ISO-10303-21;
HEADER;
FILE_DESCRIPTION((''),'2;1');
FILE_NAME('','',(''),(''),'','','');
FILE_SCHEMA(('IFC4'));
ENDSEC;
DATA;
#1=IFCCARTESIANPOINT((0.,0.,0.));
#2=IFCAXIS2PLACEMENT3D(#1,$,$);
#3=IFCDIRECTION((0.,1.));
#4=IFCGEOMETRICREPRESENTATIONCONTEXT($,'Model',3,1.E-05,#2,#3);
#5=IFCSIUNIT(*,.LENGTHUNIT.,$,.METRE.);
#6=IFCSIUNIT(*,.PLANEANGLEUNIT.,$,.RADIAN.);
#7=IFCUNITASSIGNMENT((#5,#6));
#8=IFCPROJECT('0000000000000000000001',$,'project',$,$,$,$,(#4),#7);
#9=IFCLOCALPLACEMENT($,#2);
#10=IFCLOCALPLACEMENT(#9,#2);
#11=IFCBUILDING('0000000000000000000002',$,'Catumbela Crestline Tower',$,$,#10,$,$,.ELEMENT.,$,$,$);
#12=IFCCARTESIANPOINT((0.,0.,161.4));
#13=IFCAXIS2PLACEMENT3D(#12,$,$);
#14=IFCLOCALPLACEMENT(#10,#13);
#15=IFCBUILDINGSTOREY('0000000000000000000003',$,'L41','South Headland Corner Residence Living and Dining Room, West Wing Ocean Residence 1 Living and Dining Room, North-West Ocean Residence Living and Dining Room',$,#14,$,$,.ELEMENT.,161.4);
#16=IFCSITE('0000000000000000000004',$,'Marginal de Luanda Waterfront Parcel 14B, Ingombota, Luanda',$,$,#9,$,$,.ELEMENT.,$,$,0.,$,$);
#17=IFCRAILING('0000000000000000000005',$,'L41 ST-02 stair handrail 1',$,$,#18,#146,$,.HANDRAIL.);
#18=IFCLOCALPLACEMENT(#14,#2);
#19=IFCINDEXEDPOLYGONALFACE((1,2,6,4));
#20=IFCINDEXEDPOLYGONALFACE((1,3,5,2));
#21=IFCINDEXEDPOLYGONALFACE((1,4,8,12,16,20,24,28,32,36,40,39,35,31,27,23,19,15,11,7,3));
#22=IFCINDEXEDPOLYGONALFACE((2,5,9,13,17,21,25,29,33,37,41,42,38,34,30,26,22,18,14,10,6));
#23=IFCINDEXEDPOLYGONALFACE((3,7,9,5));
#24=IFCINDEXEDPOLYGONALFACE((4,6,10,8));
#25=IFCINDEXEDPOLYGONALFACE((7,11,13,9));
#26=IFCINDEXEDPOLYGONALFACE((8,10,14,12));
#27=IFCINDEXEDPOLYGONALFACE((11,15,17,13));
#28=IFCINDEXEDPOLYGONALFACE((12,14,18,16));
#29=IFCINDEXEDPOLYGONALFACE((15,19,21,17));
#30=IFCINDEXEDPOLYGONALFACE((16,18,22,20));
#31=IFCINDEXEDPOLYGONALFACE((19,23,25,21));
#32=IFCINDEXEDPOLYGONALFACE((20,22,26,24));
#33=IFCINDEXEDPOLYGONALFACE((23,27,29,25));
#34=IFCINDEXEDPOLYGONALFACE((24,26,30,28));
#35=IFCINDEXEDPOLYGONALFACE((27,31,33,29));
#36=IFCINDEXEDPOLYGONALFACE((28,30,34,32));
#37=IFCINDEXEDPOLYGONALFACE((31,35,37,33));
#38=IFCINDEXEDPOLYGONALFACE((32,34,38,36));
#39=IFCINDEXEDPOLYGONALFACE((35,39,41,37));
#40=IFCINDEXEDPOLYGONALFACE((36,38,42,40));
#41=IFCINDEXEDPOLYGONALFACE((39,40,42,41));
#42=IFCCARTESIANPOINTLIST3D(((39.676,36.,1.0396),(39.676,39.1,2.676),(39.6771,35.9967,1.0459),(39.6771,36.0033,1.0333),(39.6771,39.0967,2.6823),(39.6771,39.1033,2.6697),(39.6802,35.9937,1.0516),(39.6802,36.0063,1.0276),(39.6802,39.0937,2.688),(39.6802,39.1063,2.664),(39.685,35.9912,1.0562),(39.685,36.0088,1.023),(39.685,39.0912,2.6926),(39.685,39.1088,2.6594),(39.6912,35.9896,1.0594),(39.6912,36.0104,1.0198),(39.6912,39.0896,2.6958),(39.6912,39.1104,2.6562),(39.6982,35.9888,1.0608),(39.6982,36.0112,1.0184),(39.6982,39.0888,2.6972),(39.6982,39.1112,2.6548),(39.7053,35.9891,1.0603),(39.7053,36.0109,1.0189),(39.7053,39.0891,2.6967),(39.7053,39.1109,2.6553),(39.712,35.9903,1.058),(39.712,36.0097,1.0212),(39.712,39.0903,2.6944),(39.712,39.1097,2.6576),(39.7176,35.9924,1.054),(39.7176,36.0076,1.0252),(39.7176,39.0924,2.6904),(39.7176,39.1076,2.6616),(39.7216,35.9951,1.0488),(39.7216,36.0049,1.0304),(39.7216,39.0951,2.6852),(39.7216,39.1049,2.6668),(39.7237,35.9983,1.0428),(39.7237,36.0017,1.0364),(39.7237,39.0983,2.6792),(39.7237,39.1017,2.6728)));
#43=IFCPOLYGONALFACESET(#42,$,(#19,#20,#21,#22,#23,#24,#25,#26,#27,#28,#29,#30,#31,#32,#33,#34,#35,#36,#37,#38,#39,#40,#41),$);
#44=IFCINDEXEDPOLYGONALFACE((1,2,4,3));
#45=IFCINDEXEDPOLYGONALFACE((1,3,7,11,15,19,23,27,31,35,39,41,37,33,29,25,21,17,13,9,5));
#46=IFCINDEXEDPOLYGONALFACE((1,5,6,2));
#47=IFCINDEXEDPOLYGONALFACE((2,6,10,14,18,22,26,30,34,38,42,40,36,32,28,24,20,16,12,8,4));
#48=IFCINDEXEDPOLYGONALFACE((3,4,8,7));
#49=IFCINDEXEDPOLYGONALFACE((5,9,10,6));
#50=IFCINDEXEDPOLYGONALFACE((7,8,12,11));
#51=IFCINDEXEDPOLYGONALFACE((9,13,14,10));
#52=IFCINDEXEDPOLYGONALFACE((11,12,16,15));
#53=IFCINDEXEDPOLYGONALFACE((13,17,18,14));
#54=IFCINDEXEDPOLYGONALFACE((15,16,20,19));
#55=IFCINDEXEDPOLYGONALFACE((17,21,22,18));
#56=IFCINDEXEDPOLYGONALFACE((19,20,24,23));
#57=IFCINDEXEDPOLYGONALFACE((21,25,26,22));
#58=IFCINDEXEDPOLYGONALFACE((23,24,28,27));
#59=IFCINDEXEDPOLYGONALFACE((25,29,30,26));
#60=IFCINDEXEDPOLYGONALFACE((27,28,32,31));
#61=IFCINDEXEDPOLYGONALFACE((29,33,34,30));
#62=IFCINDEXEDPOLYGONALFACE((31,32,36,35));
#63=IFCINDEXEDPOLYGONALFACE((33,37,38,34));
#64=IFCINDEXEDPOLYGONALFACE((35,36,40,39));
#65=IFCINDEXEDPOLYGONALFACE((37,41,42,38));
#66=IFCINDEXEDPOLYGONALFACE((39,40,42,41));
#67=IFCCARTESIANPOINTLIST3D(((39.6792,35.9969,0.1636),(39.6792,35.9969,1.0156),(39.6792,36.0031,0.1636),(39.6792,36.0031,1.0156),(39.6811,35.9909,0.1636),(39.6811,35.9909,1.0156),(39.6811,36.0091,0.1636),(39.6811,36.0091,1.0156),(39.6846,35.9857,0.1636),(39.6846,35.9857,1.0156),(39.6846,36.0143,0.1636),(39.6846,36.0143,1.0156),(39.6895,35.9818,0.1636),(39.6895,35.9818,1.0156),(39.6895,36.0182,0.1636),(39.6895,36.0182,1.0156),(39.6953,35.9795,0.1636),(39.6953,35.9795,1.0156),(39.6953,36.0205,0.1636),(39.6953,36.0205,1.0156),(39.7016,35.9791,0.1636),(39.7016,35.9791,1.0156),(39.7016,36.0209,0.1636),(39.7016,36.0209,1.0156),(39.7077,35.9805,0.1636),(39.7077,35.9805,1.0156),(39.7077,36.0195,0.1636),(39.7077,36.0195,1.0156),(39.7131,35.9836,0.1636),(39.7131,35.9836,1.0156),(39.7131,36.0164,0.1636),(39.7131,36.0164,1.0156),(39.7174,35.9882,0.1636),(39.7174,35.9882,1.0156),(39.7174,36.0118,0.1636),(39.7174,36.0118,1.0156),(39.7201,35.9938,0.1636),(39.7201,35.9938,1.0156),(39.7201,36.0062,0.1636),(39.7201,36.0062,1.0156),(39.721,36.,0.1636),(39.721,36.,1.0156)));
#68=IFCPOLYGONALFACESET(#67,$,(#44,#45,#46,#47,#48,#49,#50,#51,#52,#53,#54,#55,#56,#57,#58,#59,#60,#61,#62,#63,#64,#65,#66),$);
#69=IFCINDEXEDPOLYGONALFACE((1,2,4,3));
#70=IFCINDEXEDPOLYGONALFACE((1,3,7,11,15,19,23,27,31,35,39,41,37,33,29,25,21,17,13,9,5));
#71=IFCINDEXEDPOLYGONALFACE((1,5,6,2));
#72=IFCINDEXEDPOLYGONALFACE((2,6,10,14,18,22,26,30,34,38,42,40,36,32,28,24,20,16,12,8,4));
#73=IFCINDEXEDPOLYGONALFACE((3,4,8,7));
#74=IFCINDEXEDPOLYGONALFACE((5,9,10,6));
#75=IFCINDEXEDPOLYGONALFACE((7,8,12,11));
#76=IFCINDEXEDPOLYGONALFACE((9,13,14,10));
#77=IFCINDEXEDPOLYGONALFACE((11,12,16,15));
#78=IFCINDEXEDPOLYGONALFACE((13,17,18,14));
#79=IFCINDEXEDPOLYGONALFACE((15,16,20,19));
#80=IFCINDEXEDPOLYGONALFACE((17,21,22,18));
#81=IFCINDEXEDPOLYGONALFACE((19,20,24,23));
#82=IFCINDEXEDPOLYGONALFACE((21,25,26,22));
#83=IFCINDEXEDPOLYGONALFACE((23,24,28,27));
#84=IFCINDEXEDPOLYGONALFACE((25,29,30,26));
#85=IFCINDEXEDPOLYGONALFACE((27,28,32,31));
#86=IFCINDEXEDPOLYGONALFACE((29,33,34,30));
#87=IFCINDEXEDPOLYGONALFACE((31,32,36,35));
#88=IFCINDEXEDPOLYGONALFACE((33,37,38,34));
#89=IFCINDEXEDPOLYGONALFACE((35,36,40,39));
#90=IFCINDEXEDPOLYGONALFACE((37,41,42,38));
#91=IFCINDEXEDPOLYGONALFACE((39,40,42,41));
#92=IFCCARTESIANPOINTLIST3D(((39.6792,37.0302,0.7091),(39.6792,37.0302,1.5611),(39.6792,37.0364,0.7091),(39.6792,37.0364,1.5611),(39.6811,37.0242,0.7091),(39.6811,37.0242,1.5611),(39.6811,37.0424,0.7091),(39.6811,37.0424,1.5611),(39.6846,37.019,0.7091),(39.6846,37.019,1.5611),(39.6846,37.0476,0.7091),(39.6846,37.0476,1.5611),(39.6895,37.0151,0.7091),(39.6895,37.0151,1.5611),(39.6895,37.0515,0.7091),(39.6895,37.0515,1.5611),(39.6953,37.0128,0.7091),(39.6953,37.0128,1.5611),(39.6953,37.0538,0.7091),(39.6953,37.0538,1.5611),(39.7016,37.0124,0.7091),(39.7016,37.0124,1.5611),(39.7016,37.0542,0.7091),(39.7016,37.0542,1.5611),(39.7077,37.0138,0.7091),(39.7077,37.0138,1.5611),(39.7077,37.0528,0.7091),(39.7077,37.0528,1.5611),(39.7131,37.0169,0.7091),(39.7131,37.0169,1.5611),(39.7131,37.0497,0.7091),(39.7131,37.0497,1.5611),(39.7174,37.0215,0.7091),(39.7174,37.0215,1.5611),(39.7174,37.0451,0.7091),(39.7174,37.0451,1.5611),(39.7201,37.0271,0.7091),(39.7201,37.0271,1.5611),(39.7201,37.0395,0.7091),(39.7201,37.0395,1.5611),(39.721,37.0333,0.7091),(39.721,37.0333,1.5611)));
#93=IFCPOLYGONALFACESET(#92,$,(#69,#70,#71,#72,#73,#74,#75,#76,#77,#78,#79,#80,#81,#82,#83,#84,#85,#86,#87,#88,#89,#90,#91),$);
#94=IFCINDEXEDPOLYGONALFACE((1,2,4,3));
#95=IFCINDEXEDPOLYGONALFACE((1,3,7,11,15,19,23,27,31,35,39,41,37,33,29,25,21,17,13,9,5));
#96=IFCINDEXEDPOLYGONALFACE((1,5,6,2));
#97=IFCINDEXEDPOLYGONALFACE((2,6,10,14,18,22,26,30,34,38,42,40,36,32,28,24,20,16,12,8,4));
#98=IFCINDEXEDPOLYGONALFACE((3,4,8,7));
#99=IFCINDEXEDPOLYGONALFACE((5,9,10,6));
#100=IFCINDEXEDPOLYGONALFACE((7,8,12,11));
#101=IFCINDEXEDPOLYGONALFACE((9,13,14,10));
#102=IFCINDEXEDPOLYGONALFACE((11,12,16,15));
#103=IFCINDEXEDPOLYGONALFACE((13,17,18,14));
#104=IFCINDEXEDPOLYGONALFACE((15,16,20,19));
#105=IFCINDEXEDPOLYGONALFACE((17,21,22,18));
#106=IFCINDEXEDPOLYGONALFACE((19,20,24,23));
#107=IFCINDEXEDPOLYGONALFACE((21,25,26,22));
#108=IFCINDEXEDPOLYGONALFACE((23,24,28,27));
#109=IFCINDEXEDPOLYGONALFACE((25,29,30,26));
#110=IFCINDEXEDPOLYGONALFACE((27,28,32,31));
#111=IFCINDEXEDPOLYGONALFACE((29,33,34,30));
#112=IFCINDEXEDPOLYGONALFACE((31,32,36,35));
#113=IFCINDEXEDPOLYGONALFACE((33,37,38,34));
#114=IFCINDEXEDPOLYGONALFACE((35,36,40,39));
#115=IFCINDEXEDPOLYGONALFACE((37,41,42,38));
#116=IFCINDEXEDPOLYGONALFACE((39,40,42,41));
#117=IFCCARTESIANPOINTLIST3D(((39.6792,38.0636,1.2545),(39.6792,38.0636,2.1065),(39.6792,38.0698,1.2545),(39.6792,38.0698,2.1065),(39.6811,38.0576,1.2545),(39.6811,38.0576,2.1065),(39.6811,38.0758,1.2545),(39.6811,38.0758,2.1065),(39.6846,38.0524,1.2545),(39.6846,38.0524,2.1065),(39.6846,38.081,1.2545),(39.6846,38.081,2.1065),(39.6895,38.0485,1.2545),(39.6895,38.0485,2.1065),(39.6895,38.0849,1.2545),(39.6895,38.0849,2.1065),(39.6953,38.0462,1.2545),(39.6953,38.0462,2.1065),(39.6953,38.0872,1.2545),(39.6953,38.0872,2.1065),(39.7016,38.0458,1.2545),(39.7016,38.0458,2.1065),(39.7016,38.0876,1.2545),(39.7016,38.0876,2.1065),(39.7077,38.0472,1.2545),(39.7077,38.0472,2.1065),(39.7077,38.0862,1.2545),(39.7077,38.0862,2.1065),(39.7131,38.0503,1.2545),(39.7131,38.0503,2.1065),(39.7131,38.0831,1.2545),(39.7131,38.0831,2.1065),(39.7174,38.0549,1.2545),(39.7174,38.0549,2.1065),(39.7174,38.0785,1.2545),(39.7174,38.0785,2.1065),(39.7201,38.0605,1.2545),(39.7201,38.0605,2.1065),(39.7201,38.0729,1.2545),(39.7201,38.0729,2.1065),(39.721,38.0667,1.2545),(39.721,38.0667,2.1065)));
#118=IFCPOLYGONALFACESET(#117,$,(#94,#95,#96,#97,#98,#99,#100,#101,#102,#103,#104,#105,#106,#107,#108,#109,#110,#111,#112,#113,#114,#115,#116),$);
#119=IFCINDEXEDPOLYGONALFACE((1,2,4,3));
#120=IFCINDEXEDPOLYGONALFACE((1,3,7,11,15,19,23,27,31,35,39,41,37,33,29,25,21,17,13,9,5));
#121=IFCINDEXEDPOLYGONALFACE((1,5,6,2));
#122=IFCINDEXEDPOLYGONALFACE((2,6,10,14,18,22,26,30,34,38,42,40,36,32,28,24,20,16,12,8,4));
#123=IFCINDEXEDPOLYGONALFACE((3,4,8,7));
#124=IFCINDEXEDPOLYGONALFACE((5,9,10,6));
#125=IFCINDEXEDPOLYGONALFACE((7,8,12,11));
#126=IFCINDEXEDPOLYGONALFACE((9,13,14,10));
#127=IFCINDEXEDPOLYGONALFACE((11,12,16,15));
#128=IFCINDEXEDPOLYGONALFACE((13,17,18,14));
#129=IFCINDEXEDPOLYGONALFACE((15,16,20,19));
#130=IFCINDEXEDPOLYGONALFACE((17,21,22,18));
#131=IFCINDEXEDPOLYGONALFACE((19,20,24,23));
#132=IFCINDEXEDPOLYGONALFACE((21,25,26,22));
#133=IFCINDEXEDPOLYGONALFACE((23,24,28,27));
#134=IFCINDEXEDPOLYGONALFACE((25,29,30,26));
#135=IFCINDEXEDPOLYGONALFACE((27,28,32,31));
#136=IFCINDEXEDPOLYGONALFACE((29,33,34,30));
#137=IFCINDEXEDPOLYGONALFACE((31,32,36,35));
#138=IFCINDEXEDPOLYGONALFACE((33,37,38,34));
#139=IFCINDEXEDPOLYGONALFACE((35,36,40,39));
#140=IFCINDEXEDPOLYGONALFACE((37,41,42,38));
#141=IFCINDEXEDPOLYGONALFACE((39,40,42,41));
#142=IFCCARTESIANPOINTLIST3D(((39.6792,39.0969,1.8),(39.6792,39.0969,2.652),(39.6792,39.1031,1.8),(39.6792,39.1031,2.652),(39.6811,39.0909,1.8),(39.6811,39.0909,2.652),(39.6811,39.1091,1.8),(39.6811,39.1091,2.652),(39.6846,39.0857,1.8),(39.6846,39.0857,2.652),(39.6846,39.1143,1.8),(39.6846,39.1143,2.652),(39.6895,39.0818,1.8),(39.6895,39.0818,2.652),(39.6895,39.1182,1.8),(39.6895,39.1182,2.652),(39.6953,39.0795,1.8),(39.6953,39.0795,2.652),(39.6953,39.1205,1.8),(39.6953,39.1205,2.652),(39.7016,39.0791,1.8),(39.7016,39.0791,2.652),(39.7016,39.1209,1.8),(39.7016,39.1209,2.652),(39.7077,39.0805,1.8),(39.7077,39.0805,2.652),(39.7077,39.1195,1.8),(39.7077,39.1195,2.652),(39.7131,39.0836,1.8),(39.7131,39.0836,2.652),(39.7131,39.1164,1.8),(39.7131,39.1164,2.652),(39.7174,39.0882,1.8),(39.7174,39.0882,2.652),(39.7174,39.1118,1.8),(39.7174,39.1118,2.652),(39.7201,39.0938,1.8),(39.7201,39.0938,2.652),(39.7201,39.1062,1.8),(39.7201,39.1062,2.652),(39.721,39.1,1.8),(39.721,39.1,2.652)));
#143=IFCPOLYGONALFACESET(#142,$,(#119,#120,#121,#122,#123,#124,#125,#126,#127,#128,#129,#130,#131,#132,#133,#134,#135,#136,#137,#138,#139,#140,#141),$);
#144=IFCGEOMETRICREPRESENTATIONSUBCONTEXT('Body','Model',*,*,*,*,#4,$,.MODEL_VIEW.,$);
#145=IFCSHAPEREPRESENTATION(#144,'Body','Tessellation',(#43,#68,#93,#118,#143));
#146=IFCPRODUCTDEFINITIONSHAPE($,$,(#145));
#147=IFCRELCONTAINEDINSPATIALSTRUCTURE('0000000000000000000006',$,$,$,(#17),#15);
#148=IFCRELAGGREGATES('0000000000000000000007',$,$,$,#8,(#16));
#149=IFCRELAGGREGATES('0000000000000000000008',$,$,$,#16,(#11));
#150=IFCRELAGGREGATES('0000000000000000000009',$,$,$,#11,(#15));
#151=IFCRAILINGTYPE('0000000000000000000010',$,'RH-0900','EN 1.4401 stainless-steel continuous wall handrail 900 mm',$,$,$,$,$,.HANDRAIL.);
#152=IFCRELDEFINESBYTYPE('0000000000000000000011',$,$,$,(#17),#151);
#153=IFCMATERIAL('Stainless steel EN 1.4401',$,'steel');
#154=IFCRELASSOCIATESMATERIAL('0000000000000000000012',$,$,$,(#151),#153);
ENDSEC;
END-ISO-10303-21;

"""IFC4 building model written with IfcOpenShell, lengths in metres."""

from ifc_helpers import new_model, si_unit, direction, frame, origin, origin_2d, place, context, subcontext, project, spatial, circle, extrude, material, type_object, element, save


model = new_model("IFC4")

# Units and contexts
model_context = context("Model", 3, precision=1e-05, world=origin(), true_north=direction((0.0, 1.0)))
body_context = subcontext(model_context, "Body", "Model", "MODEL_VIEW")
ifc_project = project(units=[si_unit("LENGTHUNIT", "METRE"), si_unit("PLANEANGLEUNIT", "RADIAN")], contexts=[model_context])

# Site, building, storey
site_placement = place(None, origin())
site = spatial("IfcSite", under=ifc_project, at=site_placement, Name="Marginal de Luanda Waterfront Parcel 14B, Ingombota, Luanda", CompositionType="ELEMENT", RefElevation=0.0)
building_placement = place(site_placement, origin())
building = spatial("IfcBuilding", under=site, at=building_placement, Name="Catumbela Crestline Tower", CompositionType="ELEMENT")
storey_placement = place(building_placement, frame((0.0, 0.0, 161.4)))
storey = spatial("IfcBuildingStorey", under=building, at=storey_placement, Name="L41", Description="South Headland Corner Residence Living and Dining Room, West Wing Ocean Residence 1 Living and Dining Room, North-West Ocean Residence Living and Dining Room", CompositionType="ELEMENT", Elevation=161.4)

# Shared definitions
ifc_material_1 = material(Name="Stainless steel EN 1.4401", Category="steel")

# Railing
railing_type_1 = type_object("IfcRailingType", Name="RH-0900", Description="EN 1.4401 stainless-steel continuous wall handrail 900 mm", PredefinedType="HANDRAIL", material=ifc_material_1)
railing_1_placement = place(storey_placement, frame((39.7, 36.0, 0.1636)))
element("IfcRailing", 1, at=railing_1_placement, inside=storey, type_object=railing_type_1, Name="L41 ST-02 stair handrail 1", PredefinedType="HANDRAIL", context=body_context, shape_type="SweptSolid", body=[
    extrude(circle(Radius=0.024, at=origin_2d()), frame((0.0, 0.0, 0.876), z_axis=(0.0, 0.884351, 0.466823), x_axis=(-1.0, 0.0, 0.0)), (0.0, 0.0, 1.0), 3.5054),
    extrude(circle(Radius=0.021, at=origin_2d()), origin(), (0.0, 0.0, 1.0), 0.852),
    extrude(circle(Radius=0.021, at=origin_2d()), frame((0.0, 1.0333, 0.5455)), (0.0, 0.0, 1.0), 0.852),
    extrude(circle(Radius=0.021, at=origin_2d()), frame((0.0, 2.0667, 1.0909)), (0.0, 0.0, 1.0), 0.852),
    extrude(circle(Radius=0.021, at=origin_2d()), frame((0.0, 3.1, 1.6364)), (0.0, 0.0, 1.0), 0.852),
])

save(model, "model.ifc")
